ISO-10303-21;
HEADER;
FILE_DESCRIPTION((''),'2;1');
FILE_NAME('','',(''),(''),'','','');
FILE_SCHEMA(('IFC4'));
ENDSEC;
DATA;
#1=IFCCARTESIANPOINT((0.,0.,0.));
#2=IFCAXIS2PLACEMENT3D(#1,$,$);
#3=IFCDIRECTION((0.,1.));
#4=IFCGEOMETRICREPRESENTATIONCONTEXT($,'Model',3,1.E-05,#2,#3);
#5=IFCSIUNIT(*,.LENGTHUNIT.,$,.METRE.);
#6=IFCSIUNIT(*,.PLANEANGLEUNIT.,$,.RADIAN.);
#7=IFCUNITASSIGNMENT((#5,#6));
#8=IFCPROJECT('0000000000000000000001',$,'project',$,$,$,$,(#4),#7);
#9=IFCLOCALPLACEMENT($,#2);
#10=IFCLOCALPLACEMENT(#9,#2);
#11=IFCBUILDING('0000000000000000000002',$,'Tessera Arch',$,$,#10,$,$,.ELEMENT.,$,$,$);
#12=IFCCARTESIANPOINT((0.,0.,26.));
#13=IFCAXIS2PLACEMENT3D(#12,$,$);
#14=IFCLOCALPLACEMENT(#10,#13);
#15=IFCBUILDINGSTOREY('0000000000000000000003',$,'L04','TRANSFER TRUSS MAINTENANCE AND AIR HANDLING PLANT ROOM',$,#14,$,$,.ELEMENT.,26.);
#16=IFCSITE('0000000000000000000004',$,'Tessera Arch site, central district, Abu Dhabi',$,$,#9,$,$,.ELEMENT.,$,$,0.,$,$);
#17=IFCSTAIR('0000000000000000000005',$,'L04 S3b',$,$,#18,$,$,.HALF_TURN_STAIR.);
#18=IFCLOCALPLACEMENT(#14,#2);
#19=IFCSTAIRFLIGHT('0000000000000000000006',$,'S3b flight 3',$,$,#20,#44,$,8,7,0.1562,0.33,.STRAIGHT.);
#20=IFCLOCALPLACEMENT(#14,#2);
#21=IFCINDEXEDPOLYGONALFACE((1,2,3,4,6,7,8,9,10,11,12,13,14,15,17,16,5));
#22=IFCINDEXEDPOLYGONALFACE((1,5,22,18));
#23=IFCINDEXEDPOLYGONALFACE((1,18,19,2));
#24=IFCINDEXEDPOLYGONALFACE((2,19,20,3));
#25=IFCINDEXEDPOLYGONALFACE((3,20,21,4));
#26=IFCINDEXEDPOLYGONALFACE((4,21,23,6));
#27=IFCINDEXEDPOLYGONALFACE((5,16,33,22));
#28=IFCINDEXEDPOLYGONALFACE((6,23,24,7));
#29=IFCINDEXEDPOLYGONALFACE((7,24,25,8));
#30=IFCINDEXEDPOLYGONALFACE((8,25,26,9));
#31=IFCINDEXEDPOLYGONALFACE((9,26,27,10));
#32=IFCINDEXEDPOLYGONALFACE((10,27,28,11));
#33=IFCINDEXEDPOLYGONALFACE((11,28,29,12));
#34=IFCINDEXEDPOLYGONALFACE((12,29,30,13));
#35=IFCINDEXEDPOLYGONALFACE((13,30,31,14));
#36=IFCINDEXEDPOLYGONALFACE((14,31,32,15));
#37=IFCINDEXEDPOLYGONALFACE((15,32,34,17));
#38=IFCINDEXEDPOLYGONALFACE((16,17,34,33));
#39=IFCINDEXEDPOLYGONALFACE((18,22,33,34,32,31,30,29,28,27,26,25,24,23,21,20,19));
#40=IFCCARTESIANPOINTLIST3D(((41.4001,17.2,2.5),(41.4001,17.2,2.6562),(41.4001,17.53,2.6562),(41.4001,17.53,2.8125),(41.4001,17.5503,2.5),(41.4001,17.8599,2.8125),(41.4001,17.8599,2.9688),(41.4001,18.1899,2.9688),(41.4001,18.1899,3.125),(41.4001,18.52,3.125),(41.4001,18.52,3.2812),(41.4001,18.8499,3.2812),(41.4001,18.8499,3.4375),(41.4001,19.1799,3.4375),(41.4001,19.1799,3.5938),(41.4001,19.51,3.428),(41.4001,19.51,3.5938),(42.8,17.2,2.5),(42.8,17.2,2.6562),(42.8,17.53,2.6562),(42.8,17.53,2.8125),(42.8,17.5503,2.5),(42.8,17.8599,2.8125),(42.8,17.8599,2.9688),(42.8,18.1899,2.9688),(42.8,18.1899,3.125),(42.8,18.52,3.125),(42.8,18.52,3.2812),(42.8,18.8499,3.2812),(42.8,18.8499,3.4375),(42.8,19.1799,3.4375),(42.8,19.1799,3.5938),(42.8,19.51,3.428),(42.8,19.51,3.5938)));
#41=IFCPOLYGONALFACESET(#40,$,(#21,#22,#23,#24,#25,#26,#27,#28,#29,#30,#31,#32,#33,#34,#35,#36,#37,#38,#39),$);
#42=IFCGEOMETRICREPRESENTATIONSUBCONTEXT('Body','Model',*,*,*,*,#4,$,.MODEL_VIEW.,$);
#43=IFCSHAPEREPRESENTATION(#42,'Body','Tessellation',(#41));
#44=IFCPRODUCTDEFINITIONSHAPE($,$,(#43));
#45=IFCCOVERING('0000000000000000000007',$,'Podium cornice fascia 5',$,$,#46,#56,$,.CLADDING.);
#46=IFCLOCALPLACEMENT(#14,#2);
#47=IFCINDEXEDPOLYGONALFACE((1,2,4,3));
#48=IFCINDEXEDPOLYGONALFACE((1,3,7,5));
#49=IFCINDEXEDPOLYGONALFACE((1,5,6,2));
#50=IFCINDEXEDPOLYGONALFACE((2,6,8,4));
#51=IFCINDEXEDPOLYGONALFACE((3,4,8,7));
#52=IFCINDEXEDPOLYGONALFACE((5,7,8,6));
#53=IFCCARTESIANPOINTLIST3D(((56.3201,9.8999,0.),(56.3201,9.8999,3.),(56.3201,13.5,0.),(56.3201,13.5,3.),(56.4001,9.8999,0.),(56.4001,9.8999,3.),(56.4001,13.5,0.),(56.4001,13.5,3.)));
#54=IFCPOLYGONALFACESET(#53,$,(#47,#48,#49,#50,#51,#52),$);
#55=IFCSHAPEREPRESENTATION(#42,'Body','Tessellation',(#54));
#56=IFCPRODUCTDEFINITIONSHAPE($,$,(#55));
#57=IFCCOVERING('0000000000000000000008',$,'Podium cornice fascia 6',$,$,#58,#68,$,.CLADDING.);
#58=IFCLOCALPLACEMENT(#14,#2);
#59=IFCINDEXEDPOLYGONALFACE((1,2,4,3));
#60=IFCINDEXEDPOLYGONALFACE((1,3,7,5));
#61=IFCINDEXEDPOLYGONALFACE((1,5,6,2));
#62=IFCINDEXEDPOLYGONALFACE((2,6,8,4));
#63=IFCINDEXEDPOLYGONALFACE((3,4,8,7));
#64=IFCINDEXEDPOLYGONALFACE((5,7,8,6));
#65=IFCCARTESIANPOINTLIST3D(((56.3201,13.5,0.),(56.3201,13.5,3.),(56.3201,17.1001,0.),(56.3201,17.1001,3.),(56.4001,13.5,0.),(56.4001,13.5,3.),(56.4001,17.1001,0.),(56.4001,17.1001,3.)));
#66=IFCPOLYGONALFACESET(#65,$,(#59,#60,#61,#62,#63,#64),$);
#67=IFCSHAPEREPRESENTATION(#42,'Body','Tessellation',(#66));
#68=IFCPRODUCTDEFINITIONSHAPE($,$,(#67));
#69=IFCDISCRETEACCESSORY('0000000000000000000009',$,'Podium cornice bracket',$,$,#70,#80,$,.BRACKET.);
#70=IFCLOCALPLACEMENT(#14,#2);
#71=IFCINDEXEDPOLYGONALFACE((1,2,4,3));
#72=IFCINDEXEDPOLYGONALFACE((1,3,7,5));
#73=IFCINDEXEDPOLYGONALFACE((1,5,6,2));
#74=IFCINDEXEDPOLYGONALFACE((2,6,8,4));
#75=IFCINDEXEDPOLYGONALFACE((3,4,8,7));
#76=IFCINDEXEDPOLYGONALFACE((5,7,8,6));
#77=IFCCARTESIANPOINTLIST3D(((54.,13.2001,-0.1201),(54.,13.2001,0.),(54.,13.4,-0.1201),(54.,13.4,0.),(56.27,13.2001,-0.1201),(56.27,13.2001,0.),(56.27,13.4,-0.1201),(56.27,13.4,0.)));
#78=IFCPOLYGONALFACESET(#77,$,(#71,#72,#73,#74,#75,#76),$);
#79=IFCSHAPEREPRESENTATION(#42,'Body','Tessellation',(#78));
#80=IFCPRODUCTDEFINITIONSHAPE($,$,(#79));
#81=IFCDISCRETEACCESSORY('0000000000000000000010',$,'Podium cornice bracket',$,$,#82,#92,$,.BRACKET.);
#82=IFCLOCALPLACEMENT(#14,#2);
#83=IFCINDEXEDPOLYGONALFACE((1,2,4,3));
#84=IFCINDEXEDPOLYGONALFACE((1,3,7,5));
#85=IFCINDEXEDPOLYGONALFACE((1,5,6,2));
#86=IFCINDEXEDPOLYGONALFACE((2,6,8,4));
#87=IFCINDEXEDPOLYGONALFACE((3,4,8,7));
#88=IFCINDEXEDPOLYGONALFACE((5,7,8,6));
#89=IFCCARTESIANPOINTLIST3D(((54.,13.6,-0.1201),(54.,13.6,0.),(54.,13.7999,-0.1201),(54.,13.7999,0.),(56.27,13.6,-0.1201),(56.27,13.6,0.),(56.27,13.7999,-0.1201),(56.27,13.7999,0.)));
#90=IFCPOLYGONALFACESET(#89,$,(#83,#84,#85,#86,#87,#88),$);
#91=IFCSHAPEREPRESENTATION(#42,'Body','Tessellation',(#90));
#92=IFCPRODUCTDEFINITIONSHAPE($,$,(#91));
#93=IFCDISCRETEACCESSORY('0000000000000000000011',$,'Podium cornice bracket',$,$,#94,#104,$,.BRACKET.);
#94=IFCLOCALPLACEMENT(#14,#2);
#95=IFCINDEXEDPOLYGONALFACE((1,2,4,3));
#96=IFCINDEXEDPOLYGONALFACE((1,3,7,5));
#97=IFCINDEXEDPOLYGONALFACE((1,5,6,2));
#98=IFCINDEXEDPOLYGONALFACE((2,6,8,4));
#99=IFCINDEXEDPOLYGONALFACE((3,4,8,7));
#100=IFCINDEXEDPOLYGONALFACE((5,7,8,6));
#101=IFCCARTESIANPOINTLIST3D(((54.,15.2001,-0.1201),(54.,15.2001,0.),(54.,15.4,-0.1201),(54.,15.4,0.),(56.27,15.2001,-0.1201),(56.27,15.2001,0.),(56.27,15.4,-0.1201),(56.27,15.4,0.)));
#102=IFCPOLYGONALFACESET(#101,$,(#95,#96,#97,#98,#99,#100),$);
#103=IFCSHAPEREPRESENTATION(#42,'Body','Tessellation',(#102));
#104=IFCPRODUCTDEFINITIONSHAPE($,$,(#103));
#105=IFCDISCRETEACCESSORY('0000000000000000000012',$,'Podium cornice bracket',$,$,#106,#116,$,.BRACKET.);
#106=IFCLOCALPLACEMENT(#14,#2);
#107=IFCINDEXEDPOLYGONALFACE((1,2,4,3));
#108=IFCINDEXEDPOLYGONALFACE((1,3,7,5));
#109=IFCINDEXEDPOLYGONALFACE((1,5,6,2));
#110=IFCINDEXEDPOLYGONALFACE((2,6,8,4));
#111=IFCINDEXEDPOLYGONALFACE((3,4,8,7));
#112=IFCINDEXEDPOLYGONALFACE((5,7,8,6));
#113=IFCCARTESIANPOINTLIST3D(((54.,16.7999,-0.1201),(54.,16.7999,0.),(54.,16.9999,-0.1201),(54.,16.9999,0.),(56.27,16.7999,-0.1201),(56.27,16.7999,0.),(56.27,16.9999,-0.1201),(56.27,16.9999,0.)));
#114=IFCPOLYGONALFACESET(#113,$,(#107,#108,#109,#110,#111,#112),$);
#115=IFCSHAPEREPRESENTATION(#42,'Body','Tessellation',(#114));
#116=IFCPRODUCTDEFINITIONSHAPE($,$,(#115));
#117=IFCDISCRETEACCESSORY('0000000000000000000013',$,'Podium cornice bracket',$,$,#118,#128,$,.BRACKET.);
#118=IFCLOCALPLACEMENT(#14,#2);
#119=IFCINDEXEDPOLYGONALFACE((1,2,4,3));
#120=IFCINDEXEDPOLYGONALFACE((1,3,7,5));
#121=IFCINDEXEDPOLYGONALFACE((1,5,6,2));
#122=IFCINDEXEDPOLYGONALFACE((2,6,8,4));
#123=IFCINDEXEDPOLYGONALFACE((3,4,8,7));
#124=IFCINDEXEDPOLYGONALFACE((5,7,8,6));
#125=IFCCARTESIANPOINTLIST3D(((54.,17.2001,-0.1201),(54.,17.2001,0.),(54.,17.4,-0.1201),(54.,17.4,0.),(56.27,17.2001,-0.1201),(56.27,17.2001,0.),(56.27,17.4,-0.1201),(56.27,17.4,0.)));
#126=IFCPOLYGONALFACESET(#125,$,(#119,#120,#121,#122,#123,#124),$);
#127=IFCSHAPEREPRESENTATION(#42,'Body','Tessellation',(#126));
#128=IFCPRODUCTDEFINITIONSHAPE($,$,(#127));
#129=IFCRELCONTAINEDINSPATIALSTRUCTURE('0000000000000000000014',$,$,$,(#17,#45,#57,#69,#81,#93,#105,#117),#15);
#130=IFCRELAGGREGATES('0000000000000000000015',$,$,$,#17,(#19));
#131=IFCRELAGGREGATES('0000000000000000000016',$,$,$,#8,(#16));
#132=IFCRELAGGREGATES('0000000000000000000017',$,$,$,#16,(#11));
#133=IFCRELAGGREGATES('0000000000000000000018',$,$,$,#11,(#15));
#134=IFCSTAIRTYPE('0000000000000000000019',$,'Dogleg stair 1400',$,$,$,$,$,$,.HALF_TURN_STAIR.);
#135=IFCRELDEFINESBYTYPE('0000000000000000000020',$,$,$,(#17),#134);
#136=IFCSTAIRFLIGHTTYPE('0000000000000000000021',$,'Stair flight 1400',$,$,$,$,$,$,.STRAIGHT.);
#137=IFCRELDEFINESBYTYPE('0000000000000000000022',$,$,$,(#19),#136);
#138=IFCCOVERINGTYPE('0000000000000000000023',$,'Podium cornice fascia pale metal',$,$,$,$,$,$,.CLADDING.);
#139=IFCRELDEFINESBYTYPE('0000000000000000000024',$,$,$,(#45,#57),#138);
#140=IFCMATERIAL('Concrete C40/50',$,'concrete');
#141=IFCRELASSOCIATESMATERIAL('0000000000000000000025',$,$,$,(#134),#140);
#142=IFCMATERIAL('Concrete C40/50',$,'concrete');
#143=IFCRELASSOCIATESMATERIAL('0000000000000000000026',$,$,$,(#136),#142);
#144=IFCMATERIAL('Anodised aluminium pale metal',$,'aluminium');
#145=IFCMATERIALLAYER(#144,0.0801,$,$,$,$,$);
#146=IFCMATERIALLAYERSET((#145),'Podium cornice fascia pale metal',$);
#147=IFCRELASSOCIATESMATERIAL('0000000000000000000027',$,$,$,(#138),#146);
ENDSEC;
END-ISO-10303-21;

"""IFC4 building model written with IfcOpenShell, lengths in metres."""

from ifc_helpers import new_model, si_unit, direction, frame, origin, origin_2d, place, context, subcontext, project, spatial, polyline, rectangle, outline, extrude, material, layer, layer_set, type_object, element, aggregate, save


model = new_model("IFC4")

# Units and contexts
model_context = context("Model", 3, precision=1e-05, world=origin(), true_north=direction((0.0, 1.0)))
body_context = subcontext(model_context, "Body", "Model", "MODEL_VIEW")
ifc_project = project(units=[si_unit("LENGTHUNIT", "METRE"), si_unit("PLANEANGLEUNIT", "RADIAN")], contexts=[model_context])

# Site, building, storey
site_placement = place(None, origin())
site = spatial("IfcSite", under=ifc_project, at=site_placement, Name="Tessera Arch site, central district, Abu Dhabi", CompositionType="ELEMENT", RefElevation=0.0)
building_placement = place(site_placement, origin())
building = spatial("IfcBuilding", under=site, at=building_placement, Name="Tessera Arch", CompositionType="ELEMENT")
storey_placement = place(building_placement, frame((0.0, 0.0, 26.0)))
storey = spatial("IfcBuildingStorey", under=building, at=storey_placement, Name="L04", Description="TRANSFER TRUSS MAINTENANCE AND AIR HANDLING PLANT ROOM", CompositionType="ELEMENT", Elevation=26.0)

# Stair, stair flight
ifc_material_1 = material(Name="Concrete C40/50", Category="concrete")
stair_type = type_object("IfcStairType", Name="Dogleg stair 1400", PredefinedType="HALF_TURN_STAIR", material=ifc_material_1)
ifc_material_2 = material(Name="Concrete C40/50", Category="concrete")
stair_flight_type = type_object("IfcStairFlightType", Name="Stair flight 1400", PredefinedType="STRAIGHT", material=ifc_material_2)
stair_1_placement = place(storey_placement, origin())
stair_1 = element("IfcStair", 1, at=stair_1_placement, inside=storey, type_object=stair_type, Name="L04 S3b", PredefinedType="HALF_TURN_STAIR")
stair_flight_1_placement = place(storey_placement, frame((42.1001, 17.2, 2.5), z_axis=(0.0, 0.0, 1.0), x_axis=(0.0, 1.0, 0.0)))
stair_flight_1 = element("IfcStairFlight", 2, at=stair_flight_1_placement, type_object=stair_flight_type, Name="S3b flight 3", NumberOfRisers=8, NumberOfTreads=7, PredefinedType="STRAIGHT", RiserHeight=0.1562, TreadLength=0.33, context=body_context, shape_type="SweptSolid", body=[
    extrude(outline(polyline([(0.0, 0.0), (0.0, 0.1562), (0.3301, 0.1562), (0.3301, 0.3125), (0.6599, 0.3125), (0.6599, 0.4688), (0.99, 0.4688), (0.99, 0.625), (1.3201, 0.625), (1.3201, 0.7812), (1.6499, 0.7812), (1.6499, 0.9375), (1.98, 0.9375), (1.98, 1.0938), (2.3101, 1.0938), (2.3101, 1.25), (2.3101, 0.928), (0.3503, 0.0), (0.0, 0.0)])), frame((0.0, 0.7, 0.0), z_axis=(0.0, -1.0, 0.0), x_axis=(1.0, 0.0, 0.0)), (0.0, 0.0, 1.0), 1.3999),
])
aggregate(stair_1, [stair_flight_1])

# Coverings
ifc_material_3 = material(Name="Anodised aluminium pale metal", Category="aluminium")
ifc_layer_1 = layer(ifc_material_3, 0.0801)
ifc_layer_set_1 = layer_set([ifc_layer_1], Name="Podium cornice fascia pale metal")
covering_type = type_object("IfcCoveringType", Name="Podium cornice fascia pale metal", PredefinedType="CLADDING", material=ifc_layer_set_1)
for number, where, z_axis, x_axis, name in (
    (3, (56.3601, 11.7, 0.0), (0.0, 0.0, 1.0), (0.0, 1.0, 0.0), "Podium cornice fascia 5"),
    (4, (56.3601, 15.3, 0.0), (0.0, 0.0, 1.0), (0.0, 1.0, 0.0), "Podium cornice fascia 6"),
):
    element("IfcCovering", number, at=place(storey_placement, frame(where, z_axis=z_axis, x_axis=x_axis)), inside=storey, type_object=covering_type, Name=name, PredefinedType="CLADDING", context=body_context, shape_type="SweptSolid", body=[
        extrude(rectangle(XDim=3.6001, YDim=0.0801, at=origin_2d()), origin(), (0.0, 0.0, 1.0), 3.0),
    ])

# Discrete accessories
for number, where, z_axis, x_axis, name in (
    (5, (55.135, 13.3, -0.1201), (0.0, 0.0, 1.0), (1.0, 0.0, 0.0), "Podium cornice bracket"),
    (6, (55.135, 13.7, -0.1201), (0.0, 0.0, 1.0), (1.0, 0.0, 0.0), "Podium cornice bracket"),
    (7, (55.135, 15.3, -0.1201), (0.0, 0.0, 1.0), (1.0, 0.0, 0.0), "Podium cornice bracket"),
    (8, (55.135, 16.8999, -0.1201), (0.0, 0.0, 1.0), (1.0, 0.0, 0.0), "Podium cornice bracket"),
    (9, (55.135, 17.3, -0.1201), (0.0, 0.0, 1.0), (1.0, 0.0, 0.0), "Podium cornice bracket"),
):
    element("IfcDiscreteAccessory", number, at=place(storey_placement, frame(where, z_axis=z_axis, x_axis=x_axis)), inside=storey, Name=name, PredefinedType="BRACKET", context=body_context, shape_type="SweptSolid", body=[
        extrude(rectangle(XDim=2.27, YDim=0.2, at=origin_2d()), origin(), (0.0, 0.0, 1.0), 0.1201),
    ])

save(model, "model.ifc")
